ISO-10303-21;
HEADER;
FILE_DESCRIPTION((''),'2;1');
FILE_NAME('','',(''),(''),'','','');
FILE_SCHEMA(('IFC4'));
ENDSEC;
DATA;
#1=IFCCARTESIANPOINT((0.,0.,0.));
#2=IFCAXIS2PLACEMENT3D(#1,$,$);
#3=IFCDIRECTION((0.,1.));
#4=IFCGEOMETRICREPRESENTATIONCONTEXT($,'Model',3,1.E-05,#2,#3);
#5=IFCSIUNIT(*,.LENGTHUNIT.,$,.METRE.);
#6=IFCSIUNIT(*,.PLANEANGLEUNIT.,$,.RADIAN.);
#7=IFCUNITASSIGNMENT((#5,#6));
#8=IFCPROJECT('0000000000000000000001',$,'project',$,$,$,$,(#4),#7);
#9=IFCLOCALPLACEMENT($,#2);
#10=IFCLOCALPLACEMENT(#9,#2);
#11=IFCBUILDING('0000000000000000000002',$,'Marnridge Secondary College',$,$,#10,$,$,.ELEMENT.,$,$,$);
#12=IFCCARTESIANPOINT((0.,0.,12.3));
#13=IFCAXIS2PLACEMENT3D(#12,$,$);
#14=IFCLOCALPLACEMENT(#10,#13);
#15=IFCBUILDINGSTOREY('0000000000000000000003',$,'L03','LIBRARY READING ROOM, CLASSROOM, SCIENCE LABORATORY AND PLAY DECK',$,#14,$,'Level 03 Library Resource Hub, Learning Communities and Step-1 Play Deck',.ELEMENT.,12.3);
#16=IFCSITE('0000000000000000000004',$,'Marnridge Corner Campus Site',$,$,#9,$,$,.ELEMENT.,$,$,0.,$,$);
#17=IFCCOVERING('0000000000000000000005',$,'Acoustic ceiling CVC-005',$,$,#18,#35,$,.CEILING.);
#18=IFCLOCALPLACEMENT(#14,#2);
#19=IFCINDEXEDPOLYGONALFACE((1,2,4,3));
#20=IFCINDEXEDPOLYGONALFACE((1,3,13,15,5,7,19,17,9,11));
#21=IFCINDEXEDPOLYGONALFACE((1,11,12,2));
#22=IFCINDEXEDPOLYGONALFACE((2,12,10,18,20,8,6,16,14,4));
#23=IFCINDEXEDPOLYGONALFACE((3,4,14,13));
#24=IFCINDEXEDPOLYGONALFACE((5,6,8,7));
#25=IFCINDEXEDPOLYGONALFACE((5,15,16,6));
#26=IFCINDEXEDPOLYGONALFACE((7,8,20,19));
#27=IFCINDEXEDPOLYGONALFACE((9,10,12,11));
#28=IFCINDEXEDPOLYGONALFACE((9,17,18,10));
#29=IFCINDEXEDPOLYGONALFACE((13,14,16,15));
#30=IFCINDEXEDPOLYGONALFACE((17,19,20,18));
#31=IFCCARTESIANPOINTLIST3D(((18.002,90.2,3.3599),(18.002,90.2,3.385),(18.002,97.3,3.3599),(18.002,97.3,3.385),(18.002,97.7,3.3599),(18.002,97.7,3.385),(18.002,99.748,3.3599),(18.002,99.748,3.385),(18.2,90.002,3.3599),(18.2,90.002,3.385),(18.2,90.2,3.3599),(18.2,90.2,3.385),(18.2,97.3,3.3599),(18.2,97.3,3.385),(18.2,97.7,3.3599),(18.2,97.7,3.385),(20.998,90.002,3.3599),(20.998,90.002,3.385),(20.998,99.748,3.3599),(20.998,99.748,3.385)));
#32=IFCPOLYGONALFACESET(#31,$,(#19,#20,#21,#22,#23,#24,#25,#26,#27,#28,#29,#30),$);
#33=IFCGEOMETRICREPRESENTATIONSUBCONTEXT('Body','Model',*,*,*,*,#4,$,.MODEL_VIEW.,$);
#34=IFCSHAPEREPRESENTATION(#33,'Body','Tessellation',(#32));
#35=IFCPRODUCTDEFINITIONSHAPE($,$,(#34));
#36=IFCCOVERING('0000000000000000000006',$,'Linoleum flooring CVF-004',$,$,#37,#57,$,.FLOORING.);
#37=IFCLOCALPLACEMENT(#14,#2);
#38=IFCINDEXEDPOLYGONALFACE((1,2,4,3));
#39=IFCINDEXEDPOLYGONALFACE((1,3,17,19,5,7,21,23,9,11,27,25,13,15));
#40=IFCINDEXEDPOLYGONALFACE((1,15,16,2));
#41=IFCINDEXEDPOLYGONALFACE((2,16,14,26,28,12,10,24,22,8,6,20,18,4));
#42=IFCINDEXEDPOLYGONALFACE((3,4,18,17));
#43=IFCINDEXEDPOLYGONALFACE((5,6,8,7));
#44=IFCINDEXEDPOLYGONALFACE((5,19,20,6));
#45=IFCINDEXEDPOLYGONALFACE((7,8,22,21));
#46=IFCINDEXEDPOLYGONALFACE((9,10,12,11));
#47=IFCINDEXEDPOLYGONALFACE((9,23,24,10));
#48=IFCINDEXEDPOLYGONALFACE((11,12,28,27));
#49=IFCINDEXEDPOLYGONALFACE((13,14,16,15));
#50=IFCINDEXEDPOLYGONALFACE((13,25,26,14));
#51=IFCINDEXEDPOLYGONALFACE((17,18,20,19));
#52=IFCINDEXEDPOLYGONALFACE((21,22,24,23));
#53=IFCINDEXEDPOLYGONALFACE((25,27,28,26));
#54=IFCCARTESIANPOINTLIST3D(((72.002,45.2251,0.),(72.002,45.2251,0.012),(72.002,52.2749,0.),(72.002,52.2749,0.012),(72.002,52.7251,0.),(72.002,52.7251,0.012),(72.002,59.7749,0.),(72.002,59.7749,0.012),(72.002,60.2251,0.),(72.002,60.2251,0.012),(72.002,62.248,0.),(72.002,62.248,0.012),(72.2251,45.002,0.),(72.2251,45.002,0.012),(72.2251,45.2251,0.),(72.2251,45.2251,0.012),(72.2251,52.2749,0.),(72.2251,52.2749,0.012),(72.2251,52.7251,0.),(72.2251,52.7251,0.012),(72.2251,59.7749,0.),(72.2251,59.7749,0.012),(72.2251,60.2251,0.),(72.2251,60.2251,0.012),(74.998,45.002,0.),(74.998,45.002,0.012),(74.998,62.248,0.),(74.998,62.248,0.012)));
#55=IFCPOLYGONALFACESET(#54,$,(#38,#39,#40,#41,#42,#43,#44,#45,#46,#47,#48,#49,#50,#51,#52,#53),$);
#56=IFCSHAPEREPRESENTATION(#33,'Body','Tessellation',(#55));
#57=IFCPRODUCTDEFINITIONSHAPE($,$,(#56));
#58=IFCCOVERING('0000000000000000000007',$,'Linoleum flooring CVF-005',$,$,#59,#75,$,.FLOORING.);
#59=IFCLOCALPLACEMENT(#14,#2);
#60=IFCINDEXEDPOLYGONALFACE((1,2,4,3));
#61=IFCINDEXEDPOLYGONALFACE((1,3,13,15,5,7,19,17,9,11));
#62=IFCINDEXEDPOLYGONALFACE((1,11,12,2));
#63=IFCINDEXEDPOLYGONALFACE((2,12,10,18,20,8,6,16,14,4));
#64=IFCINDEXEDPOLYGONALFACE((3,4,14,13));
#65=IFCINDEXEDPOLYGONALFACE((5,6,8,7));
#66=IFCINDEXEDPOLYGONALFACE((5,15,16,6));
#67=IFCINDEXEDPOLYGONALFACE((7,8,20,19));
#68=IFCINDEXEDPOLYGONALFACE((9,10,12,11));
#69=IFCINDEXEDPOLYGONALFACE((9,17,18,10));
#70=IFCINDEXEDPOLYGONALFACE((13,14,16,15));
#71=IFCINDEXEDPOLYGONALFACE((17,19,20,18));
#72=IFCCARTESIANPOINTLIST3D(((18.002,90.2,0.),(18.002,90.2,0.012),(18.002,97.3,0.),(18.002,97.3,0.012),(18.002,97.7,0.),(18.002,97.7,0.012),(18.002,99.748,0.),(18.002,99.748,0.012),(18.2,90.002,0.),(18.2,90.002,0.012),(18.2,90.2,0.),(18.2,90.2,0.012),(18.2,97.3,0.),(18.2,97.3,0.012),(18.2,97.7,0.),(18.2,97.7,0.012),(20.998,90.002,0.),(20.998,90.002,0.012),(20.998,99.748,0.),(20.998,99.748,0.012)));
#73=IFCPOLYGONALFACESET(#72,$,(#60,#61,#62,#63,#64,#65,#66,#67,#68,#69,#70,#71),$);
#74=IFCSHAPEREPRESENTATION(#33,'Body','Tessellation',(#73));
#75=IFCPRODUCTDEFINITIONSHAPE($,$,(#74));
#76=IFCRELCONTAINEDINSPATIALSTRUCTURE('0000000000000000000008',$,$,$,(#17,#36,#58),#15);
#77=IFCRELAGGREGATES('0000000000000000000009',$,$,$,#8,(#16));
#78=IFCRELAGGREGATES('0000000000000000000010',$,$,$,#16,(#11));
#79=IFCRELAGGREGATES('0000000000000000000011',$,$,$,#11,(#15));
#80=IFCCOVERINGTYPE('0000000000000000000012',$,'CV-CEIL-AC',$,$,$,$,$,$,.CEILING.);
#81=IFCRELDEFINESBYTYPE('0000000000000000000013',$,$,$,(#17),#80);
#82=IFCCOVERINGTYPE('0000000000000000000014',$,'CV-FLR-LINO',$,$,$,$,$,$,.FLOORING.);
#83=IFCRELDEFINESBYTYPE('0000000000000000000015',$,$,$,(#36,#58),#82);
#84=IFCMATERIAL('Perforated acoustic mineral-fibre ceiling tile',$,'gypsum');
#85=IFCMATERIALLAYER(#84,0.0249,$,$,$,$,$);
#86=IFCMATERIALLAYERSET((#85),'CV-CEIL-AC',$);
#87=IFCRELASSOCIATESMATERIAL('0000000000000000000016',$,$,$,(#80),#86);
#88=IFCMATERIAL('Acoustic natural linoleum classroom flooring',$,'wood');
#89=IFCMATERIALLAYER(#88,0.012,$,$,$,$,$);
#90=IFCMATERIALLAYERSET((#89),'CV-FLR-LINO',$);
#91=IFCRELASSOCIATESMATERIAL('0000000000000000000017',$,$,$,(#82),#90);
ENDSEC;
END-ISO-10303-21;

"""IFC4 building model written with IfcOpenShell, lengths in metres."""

from ifc_helpers import new_model, si_unit, direction, frame, origin, place, context, subcontext, project, spatial, polyline, outline, extrude, material, layer, layer_set, type_object, element, save


model = new_model("IFC4")

# Units and contexts
model_context = context("Model", 3, precision=1e-05, world=origin(), true_north=direction((0.0, 1.0)))
body_context = subcontext(model_context, "Body", "Model", "MODEL_VIEW")
ifc_project = project(units=[si_unit("LENGTHUNIT", "METRE"), si_unit("PLANEANGLEUNIT", "RADIAN")], contexts=[model_context])

# Site, building, storey
site_placement = place(None, origin())
site = spatial("IfcSite", under=ifc_project, at=site_placement, Name="Marnridge Corner Campus Site", CompositionType="ELEMENT", RefElevation=0.0)
building_placement = place(site_placement, origin())
building = spatial("IfcBuilding", under=site, at=building_placement, Name="Marnridge Secondary College", CompositionType="ELEMENT")
storey_placement = place(building_placement, frame((0.0, 0.0, 12.3)))
storey = spatial("IfcBuildingStorey", under=building, at=storey_placement, Name="L03", Description="LIBRARY READING ROOM, CLASSROOM, SCIENCE LABORATORY AND PLAY DECK", LongName="Level 03 Library Resource Hub, Learning Communities and Step-1 Play Deck", CompositionType="ELEMENT", Elevation=12.3)

# Coverings
ifc_material_1 = material(Name="Perforated acoustic mineral-fibre ceiling tile", Category="gypsum")
ifc_layer_1 = layer(ifc_material_1, 0.0249)
ifc_layer_set_1 = layer_set([ifc_layer_1], Name="CV-CEIL-AC")
covering_type_1 = type_object("IfcCoveringType", Name="CV-CEIL-AC", PredefinedType="CEILING", material=ifc_layer_set_1)
covering_1_placement = place(storey_placement, frame((0.0, 0.0, 3.3599)))
element("IfcCovering", 1, at=covering_1_placement, inside=storey, type_object=covering_type_1, Name="Acoustic ceiling CVC-005", PredefinedType="CEILING", context=body_context, shape_type="SweptSolid", body=[
    extrude(outline(polyline([(18.2, 90.2), (18.002, 90.2), (18.002, 97.3), (18.2, 97.3), (18.2, 97.7), (18.002, 97.7), (18.002, 99.748), (20.998, 99.748), (20.998, 90.002), (18.2, 90.002), (18.2, 90.2)])), origin(), (0.0, 0.0, 1.0), 0.0251),
])
ifc_material_2 = material(Name="Acoustic natural linoleum classroom flooring", Category="wood")
ifc_layer_2 = layer(ifc_material_2, 0.012)
ifc_layer_set_2 = layer_set([ifc_layer_2], Name="CV-FLR-LINO")
covering_type_2 = type_object("IfcCoveringType", Name="CV-FLR-LINO", PredefinedType="FLOORING", material=ifc_layer_set_2)
covering_2_placement = place(storey_placement, origin())
element("IfcCovering", 2, at=covering_2_placement, inside=storey, type_object=covering_type_2, Name="Linoleum flooring CVF-004", PredefinedType="FLOORING", context=body_context, shape_type="SweptSolid", body=[
    extrude(outline(polyline([(72.002, 45.2251), (72.002, 52.2749), (72.2251, 52.2749), (72.2251, 52.7251), (72.002, 52.7251), (72.002, 59.7749), (72.2251, 59.7749), (72.2251, 60.2251), (72.002, 60.2251), (72.002, 62.248), (74.998, 62.248), (74.998, 45.002), (72.2251, 45.002), (72.2251, 45.2251), (72.002, 45.2251)])), origin(), (0.0, 0.0, 1.0), 0.012),
])
covering_3_placement = place(storey_placement, origin())
element("IfcCovering", 3, at=covering_3_placement, inside=storey, type_object=covering_type_2, Name="Linoleum flooring CVF-005", PredefinedType="FLOORING", context=body_context, shape_type="SweptSolid", body=[
    extrude(outline(polyline([(18.2, 90.2), (18.002, 90.2), (18.002, 97.3), (18.2, 97.3), (18.2, 97.7), (18.002, 97.7), (18.002, 99.748), (20.998, 99.748), (20.998, 90.002), (18.2, 90.002), (18.2, 90.2)])), origin(), (0.0, 0.0, 1.0), 0.012),
])

save(model, "model.ifc")
